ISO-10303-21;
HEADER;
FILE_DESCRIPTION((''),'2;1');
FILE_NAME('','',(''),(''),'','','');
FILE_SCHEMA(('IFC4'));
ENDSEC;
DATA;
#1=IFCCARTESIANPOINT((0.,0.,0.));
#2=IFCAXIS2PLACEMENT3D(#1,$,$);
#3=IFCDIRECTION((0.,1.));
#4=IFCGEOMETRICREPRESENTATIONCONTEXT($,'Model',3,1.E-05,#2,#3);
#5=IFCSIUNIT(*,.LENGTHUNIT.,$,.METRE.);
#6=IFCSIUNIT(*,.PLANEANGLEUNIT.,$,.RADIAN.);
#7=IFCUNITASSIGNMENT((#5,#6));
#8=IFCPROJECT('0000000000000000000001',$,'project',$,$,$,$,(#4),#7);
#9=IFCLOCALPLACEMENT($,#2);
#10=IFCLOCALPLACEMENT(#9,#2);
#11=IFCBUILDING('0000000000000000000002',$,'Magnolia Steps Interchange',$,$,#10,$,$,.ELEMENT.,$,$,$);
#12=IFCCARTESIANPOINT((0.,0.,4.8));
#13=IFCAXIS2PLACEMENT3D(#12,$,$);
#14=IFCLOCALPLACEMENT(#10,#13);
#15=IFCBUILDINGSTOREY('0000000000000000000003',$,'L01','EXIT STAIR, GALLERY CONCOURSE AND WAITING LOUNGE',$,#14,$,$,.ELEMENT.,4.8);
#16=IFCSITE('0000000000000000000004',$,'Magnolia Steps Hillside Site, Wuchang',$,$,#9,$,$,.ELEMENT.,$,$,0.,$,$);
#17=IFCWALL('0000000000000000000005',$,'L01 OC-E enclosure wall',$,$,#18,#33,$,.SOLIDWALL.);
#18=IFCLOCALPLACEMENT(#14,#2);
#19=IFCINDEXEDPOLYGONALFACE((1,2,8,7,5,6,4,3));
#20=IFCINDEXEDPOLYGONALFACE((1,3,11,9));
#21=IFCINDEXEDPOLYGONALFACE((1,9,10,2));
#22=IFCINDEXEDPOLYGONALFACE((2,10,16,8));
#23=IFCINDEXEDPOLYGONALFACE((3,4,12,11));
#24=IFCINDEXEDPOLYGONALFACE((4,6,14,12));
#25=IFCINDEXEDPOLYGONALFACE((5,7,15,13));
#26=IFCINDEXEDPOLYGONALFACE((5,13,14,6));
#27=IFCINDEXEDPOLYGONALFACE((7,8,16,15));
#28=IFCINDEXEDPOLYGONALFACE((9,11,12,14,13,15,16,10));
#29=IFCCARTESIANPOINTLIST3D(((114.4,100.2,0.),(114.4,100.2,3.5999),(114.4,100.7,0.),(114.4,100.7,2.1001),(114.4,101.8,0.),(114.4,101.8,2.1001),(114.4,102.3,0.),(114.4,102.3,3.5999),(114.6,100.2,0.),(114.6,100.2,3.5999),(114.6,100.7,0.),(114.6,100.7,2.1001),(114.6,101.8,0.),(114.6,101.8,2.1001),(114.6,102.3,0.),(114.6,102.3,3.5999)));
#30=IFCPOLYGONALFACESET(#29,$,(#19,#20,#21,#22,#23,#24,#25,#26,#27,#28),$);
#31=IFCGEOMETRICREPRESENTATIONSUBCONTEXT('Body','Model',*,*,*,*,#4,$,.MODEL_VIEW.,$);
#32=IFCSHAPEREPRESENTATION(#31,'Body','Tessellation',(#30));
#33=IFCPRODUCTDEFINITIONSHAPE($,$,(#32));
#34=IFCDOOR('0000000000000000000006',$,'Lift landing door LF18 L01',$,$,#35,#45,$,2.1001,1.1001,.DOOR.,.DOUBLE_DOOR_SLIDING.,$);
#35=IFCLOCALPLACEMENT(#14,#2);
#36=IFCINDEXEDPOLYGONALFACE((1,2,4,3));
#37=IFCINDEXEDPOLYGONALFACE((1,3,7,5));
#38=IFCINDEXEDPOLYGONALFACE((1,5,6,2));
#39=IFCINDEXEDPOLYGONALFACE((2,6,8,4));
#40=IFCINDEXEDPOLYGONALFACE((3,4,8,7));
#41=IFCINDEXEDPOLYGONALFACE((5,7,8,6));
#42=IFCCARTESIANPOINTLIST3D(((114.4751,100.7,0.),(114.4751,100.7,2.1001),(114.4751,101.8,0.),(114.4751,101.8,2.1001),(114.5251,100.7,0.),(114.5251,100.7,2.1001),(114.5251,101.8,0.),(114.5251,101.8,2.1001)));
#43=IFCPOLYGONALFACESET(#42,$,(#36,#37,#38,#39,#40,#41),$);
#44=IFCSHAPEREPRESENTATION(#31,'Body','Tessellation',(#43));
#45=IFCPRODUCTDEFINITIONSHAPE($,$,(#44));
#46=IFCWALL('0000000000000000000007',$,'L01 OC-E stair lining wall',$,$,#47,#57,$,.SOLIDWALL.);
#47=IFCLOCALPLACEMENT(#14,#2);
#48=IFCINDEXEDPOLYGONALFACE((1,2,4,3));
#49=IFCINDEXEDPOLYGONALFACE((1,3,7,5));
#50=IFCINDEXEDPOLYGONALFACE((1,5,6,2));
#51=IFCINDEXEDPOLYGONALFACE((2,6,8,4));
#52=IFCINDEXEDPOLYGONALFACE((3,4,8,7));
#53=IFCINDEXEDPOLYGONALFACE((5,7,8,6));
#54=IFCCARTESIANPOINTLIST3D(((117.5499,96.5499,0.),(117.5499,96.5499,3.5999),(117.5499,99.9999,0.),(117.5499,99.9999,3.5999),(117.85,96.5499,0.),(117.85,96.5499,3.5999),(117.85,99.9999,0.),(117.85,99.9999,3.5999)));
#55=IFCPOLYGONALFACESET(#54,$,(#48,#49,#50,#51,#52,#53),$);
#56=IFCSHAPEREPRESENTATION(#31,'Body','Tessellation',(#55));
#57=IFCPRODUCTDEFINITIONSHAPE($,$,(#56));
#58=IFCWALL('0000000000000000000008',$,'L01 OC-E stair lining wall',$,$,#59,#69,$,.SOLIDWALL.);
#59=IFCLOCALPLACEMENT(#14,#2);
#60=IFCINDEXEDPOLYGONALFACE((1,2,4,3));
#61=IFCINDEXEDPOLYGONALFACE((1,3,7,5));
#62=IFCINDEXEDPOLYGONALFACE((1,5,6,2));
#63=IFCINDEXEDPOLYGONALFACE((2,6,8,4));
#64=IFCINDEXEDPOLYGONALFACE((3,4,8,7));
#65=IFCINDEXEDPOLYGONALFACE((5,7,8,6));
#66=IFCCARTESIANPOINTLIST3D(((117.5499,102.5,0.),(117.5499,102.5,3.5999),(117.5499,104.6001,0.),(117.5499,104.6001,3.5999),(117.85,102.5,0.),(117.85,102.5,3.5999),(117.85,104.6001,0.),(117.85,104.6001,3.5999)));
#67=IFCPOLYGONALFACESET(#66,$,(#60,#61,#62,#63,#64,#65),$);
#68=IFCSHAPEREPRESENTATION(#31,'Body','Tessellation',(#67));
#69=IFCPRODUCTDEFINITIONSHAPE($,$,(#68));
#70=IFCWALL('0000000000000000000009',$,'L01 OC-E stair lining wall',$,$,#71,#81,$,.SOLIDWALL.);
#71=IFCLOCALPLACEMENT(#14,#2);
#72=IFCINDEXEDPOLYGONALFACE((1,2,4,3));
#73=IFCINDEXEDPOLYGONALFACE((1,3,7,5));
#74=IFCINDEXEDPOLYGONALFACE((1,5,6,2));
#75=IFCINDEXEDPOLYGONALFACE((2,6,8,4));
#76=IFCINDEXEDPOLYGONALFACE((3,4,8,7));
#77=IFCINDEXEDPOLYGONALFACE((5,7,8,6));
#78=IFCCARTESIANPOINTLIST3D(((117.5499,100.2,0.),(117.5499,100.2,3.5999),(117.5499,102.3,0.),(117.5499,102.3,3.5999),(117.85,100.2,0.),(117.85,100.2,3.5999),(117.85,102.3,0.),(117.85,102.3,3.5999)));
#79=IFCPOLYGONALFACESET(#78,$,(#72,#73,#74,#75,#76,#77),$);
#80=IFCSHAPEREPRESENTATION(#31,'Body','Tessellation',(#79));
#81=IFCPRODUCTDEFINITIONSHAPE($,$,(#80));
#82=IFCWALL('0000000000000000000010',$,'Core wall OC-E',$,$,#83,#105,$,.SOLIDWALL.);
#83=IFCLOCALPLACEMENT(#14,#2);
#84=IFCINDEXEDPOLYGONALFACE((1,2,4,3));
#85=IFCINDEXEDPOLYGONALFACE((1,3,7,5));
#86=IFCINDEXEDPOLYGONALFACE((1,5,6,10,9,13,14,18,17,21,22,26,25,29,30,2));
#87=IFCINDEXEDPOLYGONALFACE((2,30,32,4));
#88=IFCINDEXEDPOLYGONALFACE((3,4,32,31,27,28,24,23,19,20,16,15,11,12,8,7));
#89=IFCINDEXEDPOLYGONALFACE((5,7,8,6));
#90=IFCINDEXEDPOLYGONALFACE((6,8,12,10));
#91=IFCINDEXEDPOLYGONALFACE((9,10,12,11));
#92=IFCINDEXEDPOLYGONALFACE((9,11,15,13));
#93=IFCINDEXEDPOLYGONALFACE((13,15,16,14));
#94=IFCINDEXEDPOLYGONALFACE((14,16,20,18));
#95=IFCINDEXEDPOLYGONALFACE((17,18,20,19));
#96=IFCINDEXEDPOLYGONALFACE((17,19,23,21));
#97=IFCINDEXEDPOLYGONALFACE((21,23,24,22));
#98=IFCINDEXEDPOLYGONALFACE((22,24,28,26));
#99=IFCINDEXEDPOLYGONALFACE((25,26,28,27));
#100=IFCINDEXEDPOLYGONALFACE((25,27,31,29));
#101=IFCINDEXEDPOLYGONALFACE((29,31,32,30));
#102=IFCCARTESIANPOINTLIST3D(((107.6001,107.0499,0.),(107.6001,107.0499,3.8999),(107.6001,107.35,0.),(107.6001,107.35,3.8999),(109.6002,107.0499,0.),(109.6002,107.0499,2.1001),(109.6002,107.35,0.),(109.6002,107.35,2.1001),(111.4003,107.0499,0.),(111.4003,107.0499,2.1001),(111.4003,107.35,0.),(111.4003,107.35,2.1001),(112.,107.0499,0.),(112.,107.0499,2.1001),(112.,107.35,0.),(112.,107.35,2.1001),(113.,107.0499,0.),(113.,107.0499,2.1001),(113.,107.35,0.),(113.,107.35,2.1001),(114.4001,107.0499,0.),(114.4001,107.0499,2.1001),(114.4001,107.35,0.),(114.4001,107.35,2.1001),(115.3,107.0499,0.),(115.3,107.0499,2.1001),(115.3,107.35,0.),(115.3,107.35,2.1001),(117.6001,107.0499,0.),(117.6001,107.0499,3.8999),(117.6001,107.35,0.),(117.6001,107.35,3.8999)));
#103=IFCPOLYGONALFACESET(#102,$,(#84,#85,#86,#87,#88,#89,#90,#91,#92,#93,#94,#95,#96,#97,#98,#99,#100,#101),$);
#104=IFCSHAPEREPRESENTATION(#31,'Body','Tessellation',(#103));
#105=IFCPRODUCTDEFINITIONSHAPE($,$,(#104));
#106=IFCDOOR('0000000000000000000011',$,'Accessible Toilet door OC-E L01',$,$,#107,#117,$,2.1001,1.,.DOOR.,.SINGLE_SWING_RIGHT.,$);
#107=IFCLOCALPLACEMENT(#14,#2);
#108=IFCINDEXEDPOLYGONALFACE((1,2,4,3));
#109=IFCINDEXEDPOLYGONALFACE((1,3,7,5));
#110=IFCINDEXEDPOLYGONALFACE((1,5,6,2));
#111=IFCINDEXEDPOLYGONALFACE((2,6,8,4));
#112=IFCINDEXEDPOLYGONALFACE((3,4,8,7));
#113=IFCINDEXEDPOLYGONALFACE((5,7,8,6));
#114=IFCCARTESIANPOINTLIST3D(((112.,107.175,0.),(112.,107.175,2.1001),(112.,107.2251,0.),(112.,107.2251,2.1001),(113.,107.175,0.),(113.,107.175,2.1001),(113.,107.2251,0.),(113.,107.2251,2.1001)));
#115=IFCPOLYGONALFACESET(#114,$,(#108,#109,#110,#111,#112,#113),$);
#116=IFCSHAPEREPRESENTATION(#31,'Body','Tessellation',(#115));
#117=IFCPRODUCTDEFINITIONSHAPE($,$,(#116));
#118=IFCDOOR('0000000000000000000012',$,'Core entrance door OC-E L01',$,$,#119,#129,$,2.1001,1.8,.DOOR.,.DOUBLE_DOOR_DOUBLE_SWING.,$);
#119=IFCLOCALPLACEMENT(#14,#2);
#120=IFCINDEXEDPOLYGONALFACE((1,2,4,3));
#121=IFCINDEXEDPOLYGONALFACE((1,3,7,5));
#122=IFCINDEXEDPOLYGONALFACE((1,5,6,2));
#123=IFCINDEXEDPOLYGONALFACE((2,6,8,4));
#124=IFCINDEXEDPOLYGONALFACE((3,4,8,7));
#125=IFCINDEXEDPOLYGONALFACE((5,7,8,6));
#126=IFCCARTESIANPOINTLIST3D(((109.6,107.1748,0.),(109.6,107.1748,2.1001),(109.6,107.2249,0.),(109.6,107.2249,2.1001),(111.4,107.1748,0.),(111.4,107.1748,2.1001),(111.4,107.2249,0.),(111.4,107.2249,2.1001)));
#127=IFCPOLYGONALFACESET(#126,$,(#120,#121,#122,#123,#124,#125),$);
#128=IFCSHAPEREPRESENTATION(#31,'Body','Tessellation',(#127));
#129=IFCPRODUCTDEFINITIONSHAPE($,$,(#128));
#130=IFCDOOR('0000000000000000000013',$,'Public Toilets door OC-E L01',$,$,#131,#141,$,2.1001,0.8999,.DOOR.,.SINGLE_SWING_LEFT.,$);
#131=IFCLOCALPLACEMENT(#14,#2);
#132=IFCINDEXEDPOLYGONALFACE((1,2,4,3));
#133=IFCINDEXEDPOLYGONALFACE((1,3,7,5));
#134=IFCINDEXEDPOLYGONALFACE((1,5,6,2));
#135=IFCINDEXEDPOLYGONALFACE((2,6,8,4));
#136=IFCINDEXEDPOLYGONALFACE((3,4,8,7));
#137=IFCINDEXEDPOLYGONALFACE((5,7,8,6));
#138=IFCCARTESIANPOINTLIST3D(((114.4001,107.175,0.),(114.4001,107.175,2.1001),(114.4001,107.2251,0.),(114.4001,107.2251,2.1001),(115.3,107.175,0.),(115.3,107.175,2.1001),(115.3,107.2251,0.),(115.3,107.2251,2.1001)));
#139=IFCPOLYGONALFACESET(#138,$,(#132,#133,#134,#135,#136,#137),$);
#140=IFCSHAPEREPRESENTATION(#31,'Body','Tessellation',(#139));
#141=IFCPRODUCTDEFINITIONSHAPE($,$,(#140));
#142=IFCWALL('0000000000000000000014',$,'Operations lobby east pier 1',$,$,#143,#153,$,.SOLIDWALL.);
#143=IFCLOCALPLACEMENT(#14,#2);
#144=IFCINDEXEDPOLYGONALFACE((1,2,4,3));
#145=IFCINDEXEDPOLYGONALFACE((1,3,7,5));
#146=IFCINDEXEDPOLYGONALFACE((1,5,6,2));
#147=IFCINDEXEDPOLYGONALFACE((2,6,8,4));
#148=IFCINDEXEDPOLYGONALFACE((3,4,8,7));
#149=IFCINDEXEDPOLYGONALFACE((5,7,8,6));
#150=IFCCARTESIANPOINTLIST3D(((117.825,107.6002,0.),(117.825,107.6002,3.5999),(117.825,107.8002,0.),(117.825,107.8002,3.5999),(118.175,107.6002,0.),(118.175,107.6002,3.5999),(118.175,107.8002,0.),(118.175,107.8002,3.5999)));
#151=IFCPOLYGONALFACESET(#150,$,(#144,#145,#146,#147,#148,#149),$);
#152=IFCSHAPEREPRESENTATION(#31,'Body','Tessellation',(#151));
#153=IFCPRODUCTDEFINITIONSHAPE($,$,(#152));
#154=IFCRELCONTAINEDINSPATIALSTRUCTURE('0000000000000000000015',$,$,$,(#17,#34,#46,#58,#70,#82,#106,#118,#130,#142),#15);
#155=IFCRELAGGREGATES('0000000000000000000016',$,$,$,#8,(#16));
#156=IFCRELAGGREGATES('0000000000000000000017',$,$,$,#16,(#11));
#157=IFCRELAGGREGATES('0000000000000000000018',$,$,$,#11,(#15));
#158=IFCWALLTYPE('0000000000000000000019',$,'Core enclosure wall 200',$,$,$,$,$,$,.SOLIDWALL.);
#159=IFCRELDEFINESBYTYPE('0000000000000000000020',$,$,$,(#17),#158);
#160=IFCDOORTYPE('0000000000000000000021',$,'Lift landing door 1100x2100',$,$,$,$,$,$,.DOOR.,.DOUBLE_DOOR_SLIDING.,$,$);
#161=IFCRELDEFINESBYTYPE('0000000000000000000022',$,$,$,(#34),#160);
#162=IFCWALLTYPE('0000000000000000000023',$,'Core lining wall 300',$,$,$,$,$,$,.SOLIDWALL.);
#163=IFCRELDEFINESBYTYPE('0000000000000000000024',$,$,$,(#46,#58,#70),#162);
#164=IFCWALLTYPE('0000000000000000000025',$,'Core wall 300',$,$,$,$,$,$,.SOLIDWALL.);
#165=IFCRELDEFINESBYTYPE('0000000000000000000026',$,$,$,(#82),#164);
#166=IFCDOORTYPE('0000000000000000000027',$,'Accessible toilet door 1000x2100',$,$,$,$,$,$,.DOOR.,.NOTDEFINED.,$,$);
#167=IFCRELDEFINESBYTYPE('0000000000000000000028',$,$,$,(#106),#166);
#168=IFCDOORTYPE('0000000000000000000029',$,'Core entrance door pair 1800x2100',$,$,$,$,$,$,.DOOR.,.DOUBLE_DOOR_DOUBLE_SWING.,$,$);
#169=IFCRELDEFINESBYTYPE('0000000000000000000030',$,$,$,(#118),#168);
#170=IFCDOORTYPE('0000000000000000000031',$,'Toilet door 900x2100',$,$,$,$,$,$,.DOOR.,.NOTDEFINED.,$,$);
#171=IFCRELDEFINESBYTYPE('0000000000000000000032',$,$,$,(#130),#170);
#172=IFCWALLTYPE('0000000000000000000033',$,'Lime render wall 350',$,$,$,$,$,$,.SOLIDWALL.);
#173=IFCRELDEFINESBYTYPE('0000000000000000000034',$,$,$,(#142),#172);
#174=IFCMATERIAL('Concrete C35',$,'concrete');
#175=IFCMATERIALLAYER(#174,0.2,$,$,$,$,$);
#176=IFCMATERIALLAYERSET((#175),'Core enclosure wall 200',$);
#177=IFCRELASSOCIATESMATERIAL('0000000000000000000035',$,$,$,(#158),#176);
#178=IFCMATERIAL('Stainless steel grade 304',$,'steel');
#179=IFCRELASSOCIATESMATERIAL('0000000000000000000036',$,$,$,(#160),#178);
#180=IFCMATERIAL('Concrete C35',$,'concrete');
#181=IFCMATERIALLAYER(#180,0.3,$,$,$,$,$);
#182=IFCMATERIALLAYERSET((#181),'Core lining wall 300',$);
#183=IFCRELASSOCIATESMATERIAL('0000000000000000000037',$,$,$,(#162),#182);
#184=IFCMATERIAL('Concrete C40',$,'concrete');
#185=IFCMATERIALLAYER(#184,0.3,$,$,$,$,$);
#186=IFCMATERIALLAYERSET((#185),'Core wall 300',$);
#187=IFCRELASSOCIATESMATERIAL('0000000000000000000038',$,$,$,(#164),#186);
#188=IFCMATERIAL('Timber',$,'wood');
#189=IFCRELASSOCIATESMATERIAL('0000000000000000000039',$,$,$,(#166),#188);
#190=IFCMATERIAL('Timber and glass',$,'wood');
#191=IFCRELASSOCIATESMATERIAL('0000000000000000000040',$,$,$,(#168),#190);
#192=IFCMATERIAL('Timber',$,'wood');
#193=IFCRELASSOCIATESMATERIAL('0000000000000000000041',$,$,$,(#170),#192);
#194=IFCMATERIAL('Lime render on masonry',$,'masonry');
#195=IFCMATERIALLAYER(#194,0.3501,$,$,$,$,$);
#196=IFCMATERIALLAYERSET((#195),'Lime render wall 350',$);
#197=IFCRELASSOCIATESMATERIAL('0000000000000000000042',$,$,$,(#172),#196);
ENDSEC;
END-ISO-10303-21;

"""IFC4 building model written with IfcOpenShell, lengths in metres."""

from ifc_helpers import new_model, si_unit, direction, frame, frame_2d, origin, place, context, subcontext, project, spatial, rectangle, extrude, material, layer, layer_set, type_object, element, fill, save


model = new_model("IFC4")

# Units and contexts
model_context = context("Model", 3, precision=1e-05, world=origin(), true_north=direction((0.0, 1.0)))
body_context = subcontext(model_context, "Body", "Model", "MODEL_VIEW")
ifc_project = project(units=[si_unit("LENGTHUNIT", "METRE"), si_unit("PLANEANGLEUNIT", "RADIAN")], contexts=[model_context])

# Site, building, storey
site_placement = place(None, origin())
site = spatial("IfcSite", under=ifc_project, at=site_placement, Name="Magnolia Steps Hillside Site, Wuchang", CompositionType="ELEMENT", RefElevation=0.0)
building_placement = place(site_placement, origin())
building = spatial("IfcBuilding", under=site, at=building_placement, Name="Magnolia Steps Interchange", CompositionType="ELEMENT")
storey_placement = place(building_placement, frame((0.0, 0.0, 4.8)))
storey = spatial("IfcBuildingStorey", under=building, at=storey_placement, Name="L01", Description="EXIT STAIR, GALLERY CONCOURSE AND WAITING LOUNGE", CompositionType="ELEMENT", Elevation=4.8)

# Shared definitions
ifc_material_1 = material(Name="Concrete C35", Category="concrete")
ifc_layer_1 = layer(ifc_material_1, 0.2)
ifc_layer_set_1 = layer_set([ifc_layer_1], Name="Core enclosure wall 200")
wall_type_1 = type_object("IfcWallType", Name="Core enclosure wall 200", PredefinedType="SOLIDWALL", material=ifc_layer_set_1)
ifc_material_2 = material(Name="Stainless steel grade 304", Category="steel")
door_type_1 = type_object("IfcDoorType", Name="Lift landing door 1100x2100", OperationType="DOUBLE_DOOR_SLIDING", PredefinedType="DOOR", material=ifc_material_2)

# Wall, opening, door
wall_1_placement = place(storey_placement, frame((114.5, 102.3, 0.0), z_axis=(0.0, 0.0, 1.0), x_axis=(0.0, -1.0, 0.0)))
wall_1 = element("IfcWall", 1, at=wall_1_placement, inside=storey, type_object=wall_type_1, Name="L01 OC-E enclosure wall", PredefinedType="SOLIDWALL", context=body_context, shape_type="SweptSolid", body=[
    extrude(rectangle(XDim=2.1001, YDim=0.2, at=frame_2d((1.05, 0.0))), origin(), (0.0, 0.0, 1.0), 3.5999),
])
opening_1_placement = place(wall_1_placement, frame((0.5, 0.0, 0.0)))
opening_1 = element("IfcOpeningElement", 2, at=opening_1_placement, cuts=wall_1, PredefinedType="OPENING", context=body_context, shape_type="SweptSolid", body=[
    extrude(rectangle(XDim=1.1001, YDim=2.1001, at=frame_2d((0.55, 1.05))), frame((0.0, 0.1099, 0.0), z_axis=(0.0, -1.0, 0.0), x_axis=(1.0, 0.0, 0.0)), (0.0, 0.0, 1.0), 0.22),
])
door_1_placement = place(opening_1_placement, frame((1.1001, 0.0, 0.0), z_axis=(0.0, 0.0, 1.0), x_axis=(-1.0, 0.0, 0.0)))
door_1 = element("IfcDoor", 3, at=door_1_placement, inside=storey, type_object=door_type_1, Name="Lift landing door LF18 L01", OperationType="DOUBLE_DOOR_SLIDING", OverallHeight=2.1001, OverallWidth=1.1001, PredefinedType="DOOR", context=body_context, shape_type="SweptSolid", body=[
    extrude(rectangle(XDim=1.1001, YDim=2.1001, at=frame_2d((0.55, 1.05))), frame((0.0, 0.0249, 0.0), z_axis=(0.0, -1.0, 0.0), x_axis=(1.0, 0.0, 0.0)), (0.0, 0.0, 1.0), 0.05),
])
fill(opening_1, door_1)

# Walls
ifc_material_3 = material(Name="Concrete C35", Category="concrete")
ifc_layer_2 = layer(ifc_material_3, 0.3)
ifc_layer_set_2 = layer_set([ifc_layer_2], Name="Core lining wall 300")
wall_type_2 = type_object("IfcWallType", Name="Core lining wall 300", PredefinedType="SOLIDWALL", material=ifc_layer_set_2)
wall_2_placement = place(storey_placement, frame((117.7, 100.0, 0.0), z_axis=(0.0, 0.0, 1.0), x_axis=(0.0, -1.0, 0.0)))
element("IfcWall", 4, at=wall_2_placement, inside=storey, type_object=wall_type_2, Name="L01 OC-E stair lining wall", PredefinedType="SOLIDWALL", context=body_context, shape_type="SweptSolid", body=[
    extrude(rectangle(XDim=3.45, YDim=0.3, at=frame_2d((1.7251, 0.0))), origin(), (0.0, 0.0, 1.0), 3.5999),
])
for number, where, z_axis, x_axis, name in (
    (5, (117.7, 104.6001, 0.0), (0.0, 0.0, 1.0), (0.0, -1.0, 0.0), "L01 OC-E stair lining wall"),
    (6, (117.7, 102.3, 0.0), (0.0, 0.0, 1.0), (0.0, -1.0, 0.0), "L01 OC-E stair lining wall"),
):
    element("IfcWall", number, at=place(storey_placement, frame(where, z_axis=z_axis, x_axis=x_axis)), inside=storey, type_object=wall_type_2, Name=name, PredefinedType="SOLIDWALL", context=body_context, shape_type="SweptSolid", body=[
        extrude(rectangle(XDim=2.1001, YDim=0.3, at=frame_2d((1.05, 0.0))), origin(), (0.0, 0.0, 1.0), 3.5999),
    ])

# Wall, openings, doors
ifc_material_4 = material(Name="Concrete C40", Category="concrete")
ifc_layer_3 = layer(ifc_material_4, 0.3)
ifc_layer_set_3 = layer_set([ifc_layer_3], Name="Core wall 300")
wall_type_3 = type_object("IfcWallType", Name="Core wall 300", PredefinedType="SOLIDWALL", material=ifc_layer_set_3)
wall_3_placement = place(storey_placement, frame((117.6001, 107.2, 0.0), z_axis=(0.0, 0.0, 1.0), x_axis=(-1.0, 0.0, 0.0)))
wall_3 = element("IfcWall", 7, at=wall_3_placement, inside=storey, type_object=wall_type_3, Name="Core wall OC-E", PredefinedType="SOLIDWALL", context=body_context, shape_type="SweptSolid", body=[
    extrude(rectangle(XDim=10.0, YDim=0.3, at=frame_2d((5.0, 0.0))), origin(), (0.0, 0.0, 1.0), 3.8999),
])
opening_2_placement = place(wall_3_placement, frame((6.2, 0.0, 0.0)))
opening_2 = element("IfcOpeningElement", 8, at=opening_2_placement, cuts=wall_3, PredefinedType="OPENING", context=body_context, shape_type="SweptSolid", body=[
    extrude(rectangle(XDim=1.8, YDim=2.1001, at=frame_2d((0.8999, 1.05))), frame((0.0, 0.1599, 0.0), z_axis=(0.0, -1.0, 0.0), x_axis=(1.0, 0.0, 0.0)), (0.0, 0.0, 1.0), 0.3201),
])
opening_3_placement = place(wall_3_placement, frame((4.6001, 0.0, 0.0)))
opening_3 = element("IfcOpeningElement", 9, at=opening_3_placement, cuts=wall_3, PredefinedType="OPENING", context=body_context, shape_type="SweptSolid", body=[
    extrude(rectangle(XDim=1.0, YDim=2.1001, at=frame_2d((0.5, 1.05))), frame((0.0, 0.1599, 0.0), z_axis=(0.0, -1.0, 0.0), x_axis=(1.0, 0.0, 0.0)), (0.0, 0.0, 1.0), 0.3201),
])
opening_4_placement = place(wall_3_placement, frame((2.3, 0.0, 0.0)))
opening_4 = element("IfcOpeningElement", 10, at=opening_4_placement, cuts=wall_3, PredefinedType="OPENING", context=body_context, shape_type="SweptSolid", body=[
    extrude(rectangle(XDim=0.8999, YDim=2.1001, at=frame_2d((0.45, 1.05))), frame((0.0, 0.1599, 0.0), z_axis=(0.0, -1.0, 0.0), x_axis=(1.0, 0.0, 0.0)), (0.0, 0.0, 1.0), 0.3201),
])
ifc_material_5 = material(Name="Timber", Category="wood")
door_type_2 = type_object("IfcDoorType", Name="Accessible toilet door 1000x2100", OperationType="NOTDEFINED", PredefinedType="DOOR", material=ifc_material_5)
door_2_placement = place(opening_3_placement, origin())
door_2 = element("IfcDoor", 11, at=door_2_placement, inside=storey, type_object=door_type_2, Name="Accessible Toilet door OC-E L01", OperationType="SINGLE_SWING_RIGHT", OverallHeight=2.1001, OverallWidth=1.0, PredefinedType="DOOR", context=body_context, shape_type="SweptSolid", body=[
    extrude(rectangle(XDim=1.0, YDim=2.1001, at=frame_2d((0.5, 1.05))), frame((0.0, 0.0249, 0.0), z_axis=(0.0, -1.0, 0.0), x_axis=(1.0, 0.0, 0.0)), (0.0, 0.0, 1.0), 0.05),
])
fill(opening_3, door_2)
ifc_material_6 = material(Name="Timber and glass", Category="wood")
door_type_3 = type_object("IfcDoorType", Name="Core entrance door pair 1800x2100", OperationType="DOUBLE_DOOR_DOUBLE_SWING", PredefinedType="DOOR", material=ifc_material_6)
door_3_placement = place(opening_2_placement, frame((1.8, 0.0, 0.0), z_axis=(0.0, 0.0, 1.0), x_axis=(-1.0, 0.0, 0.0)))
door_3 = element("IfcDoor", 12, at=door_3_placement, inside=storey, type_object=door_type_3, Name="Core entrance door OC-E L01", OperationType="DOUBLE_DOOR_DOUBLE_SWING", OverallHeight=2.1001, OverallWidth=1.8, PredefinedType="DOOR", context=body_context, shape_type="SweptSolid", body=[
    extrude(rectangle(XDim=1.8, YDim=2.1001, at=frame_2d((0.8999, 1.05))), frame((0.0, 0.0249, 0.0), z_axis=(0.0, -1.0, 0.0), x_axis=(1.0, 0.0, 0.0)), (0.0, 0.0, 1.0), 0.05),
])
fill(opening_2, door_3)
ifc_material_7 = material(Name="Timber", Category="wood")
door_type_4 = type_object("IfcDoorType", Name="Toilet door 900x2100", OperationType="NOTDEFINED", PredefinedType="DOOR", material=ifc_material_7)
door_4_placement = place(opening_4_placement, origin())
door_4 = element("IfcDoor", 13, at=door_4_placement, inside=storey, type_object=door_type_4, Name="Public Toilets door OC-E L01", OperationType="SINGLE_SWING_LEFT", OverallHeight=2.1001, OverallWidth=0.8999, PredefinedType="DOOR", context=body_context, shape_type="SweptSolid", body=[
    extrude(rectangle(XDim=0.8999, YDim=2.1001, at=frame_2d((0.45, 1.05))), frame((0.0, 0.0249, 0.0), z_axis=(0.0, -1.0, 0.0), x_axis=(1.0, 0.0, 0.0)), (0.0, 0.0, 1.0), 0.05),
])
fill(opening_4, door_4)

# Wall
ifc_material_8 = material(Name="Lime render on masonry", Category="masonry")
ifc_layer_4 = layer(ifc_material_8, 0.3501)
ifc_layer_set_4 = layer_set([ifc_layer_4], Name="Lime render wall 350")
wall_type_4 = type_object("IfcWallType", Name="Lime render wall 350", PredefinedType="SOLIDWALL", material=ifc_layer_set_4)
wall_4_placement = place(storey_placement, frame((118.0, 107.6001, 0.0), z_axis=(0.0, 0.0, 1.0), x_axis=(0.0, 1.0, 0.0)))
element("IfcWall", 14, at=wall_4_placement, inside=storey, type_object=wall_type_4, Name="Operations lobby east pier 1", PredefinedType="SOLIDWALL", context=body_context, shape_type="SweptSolid", body=[
    extrude(rectangle(XDim=0.2, YDim=0.3501, at=frame_2d((0.1001, 0.0))), origin(), (0.0, 0.0, 1.0), 3.5999),
])

save(model, "model.ifc")
